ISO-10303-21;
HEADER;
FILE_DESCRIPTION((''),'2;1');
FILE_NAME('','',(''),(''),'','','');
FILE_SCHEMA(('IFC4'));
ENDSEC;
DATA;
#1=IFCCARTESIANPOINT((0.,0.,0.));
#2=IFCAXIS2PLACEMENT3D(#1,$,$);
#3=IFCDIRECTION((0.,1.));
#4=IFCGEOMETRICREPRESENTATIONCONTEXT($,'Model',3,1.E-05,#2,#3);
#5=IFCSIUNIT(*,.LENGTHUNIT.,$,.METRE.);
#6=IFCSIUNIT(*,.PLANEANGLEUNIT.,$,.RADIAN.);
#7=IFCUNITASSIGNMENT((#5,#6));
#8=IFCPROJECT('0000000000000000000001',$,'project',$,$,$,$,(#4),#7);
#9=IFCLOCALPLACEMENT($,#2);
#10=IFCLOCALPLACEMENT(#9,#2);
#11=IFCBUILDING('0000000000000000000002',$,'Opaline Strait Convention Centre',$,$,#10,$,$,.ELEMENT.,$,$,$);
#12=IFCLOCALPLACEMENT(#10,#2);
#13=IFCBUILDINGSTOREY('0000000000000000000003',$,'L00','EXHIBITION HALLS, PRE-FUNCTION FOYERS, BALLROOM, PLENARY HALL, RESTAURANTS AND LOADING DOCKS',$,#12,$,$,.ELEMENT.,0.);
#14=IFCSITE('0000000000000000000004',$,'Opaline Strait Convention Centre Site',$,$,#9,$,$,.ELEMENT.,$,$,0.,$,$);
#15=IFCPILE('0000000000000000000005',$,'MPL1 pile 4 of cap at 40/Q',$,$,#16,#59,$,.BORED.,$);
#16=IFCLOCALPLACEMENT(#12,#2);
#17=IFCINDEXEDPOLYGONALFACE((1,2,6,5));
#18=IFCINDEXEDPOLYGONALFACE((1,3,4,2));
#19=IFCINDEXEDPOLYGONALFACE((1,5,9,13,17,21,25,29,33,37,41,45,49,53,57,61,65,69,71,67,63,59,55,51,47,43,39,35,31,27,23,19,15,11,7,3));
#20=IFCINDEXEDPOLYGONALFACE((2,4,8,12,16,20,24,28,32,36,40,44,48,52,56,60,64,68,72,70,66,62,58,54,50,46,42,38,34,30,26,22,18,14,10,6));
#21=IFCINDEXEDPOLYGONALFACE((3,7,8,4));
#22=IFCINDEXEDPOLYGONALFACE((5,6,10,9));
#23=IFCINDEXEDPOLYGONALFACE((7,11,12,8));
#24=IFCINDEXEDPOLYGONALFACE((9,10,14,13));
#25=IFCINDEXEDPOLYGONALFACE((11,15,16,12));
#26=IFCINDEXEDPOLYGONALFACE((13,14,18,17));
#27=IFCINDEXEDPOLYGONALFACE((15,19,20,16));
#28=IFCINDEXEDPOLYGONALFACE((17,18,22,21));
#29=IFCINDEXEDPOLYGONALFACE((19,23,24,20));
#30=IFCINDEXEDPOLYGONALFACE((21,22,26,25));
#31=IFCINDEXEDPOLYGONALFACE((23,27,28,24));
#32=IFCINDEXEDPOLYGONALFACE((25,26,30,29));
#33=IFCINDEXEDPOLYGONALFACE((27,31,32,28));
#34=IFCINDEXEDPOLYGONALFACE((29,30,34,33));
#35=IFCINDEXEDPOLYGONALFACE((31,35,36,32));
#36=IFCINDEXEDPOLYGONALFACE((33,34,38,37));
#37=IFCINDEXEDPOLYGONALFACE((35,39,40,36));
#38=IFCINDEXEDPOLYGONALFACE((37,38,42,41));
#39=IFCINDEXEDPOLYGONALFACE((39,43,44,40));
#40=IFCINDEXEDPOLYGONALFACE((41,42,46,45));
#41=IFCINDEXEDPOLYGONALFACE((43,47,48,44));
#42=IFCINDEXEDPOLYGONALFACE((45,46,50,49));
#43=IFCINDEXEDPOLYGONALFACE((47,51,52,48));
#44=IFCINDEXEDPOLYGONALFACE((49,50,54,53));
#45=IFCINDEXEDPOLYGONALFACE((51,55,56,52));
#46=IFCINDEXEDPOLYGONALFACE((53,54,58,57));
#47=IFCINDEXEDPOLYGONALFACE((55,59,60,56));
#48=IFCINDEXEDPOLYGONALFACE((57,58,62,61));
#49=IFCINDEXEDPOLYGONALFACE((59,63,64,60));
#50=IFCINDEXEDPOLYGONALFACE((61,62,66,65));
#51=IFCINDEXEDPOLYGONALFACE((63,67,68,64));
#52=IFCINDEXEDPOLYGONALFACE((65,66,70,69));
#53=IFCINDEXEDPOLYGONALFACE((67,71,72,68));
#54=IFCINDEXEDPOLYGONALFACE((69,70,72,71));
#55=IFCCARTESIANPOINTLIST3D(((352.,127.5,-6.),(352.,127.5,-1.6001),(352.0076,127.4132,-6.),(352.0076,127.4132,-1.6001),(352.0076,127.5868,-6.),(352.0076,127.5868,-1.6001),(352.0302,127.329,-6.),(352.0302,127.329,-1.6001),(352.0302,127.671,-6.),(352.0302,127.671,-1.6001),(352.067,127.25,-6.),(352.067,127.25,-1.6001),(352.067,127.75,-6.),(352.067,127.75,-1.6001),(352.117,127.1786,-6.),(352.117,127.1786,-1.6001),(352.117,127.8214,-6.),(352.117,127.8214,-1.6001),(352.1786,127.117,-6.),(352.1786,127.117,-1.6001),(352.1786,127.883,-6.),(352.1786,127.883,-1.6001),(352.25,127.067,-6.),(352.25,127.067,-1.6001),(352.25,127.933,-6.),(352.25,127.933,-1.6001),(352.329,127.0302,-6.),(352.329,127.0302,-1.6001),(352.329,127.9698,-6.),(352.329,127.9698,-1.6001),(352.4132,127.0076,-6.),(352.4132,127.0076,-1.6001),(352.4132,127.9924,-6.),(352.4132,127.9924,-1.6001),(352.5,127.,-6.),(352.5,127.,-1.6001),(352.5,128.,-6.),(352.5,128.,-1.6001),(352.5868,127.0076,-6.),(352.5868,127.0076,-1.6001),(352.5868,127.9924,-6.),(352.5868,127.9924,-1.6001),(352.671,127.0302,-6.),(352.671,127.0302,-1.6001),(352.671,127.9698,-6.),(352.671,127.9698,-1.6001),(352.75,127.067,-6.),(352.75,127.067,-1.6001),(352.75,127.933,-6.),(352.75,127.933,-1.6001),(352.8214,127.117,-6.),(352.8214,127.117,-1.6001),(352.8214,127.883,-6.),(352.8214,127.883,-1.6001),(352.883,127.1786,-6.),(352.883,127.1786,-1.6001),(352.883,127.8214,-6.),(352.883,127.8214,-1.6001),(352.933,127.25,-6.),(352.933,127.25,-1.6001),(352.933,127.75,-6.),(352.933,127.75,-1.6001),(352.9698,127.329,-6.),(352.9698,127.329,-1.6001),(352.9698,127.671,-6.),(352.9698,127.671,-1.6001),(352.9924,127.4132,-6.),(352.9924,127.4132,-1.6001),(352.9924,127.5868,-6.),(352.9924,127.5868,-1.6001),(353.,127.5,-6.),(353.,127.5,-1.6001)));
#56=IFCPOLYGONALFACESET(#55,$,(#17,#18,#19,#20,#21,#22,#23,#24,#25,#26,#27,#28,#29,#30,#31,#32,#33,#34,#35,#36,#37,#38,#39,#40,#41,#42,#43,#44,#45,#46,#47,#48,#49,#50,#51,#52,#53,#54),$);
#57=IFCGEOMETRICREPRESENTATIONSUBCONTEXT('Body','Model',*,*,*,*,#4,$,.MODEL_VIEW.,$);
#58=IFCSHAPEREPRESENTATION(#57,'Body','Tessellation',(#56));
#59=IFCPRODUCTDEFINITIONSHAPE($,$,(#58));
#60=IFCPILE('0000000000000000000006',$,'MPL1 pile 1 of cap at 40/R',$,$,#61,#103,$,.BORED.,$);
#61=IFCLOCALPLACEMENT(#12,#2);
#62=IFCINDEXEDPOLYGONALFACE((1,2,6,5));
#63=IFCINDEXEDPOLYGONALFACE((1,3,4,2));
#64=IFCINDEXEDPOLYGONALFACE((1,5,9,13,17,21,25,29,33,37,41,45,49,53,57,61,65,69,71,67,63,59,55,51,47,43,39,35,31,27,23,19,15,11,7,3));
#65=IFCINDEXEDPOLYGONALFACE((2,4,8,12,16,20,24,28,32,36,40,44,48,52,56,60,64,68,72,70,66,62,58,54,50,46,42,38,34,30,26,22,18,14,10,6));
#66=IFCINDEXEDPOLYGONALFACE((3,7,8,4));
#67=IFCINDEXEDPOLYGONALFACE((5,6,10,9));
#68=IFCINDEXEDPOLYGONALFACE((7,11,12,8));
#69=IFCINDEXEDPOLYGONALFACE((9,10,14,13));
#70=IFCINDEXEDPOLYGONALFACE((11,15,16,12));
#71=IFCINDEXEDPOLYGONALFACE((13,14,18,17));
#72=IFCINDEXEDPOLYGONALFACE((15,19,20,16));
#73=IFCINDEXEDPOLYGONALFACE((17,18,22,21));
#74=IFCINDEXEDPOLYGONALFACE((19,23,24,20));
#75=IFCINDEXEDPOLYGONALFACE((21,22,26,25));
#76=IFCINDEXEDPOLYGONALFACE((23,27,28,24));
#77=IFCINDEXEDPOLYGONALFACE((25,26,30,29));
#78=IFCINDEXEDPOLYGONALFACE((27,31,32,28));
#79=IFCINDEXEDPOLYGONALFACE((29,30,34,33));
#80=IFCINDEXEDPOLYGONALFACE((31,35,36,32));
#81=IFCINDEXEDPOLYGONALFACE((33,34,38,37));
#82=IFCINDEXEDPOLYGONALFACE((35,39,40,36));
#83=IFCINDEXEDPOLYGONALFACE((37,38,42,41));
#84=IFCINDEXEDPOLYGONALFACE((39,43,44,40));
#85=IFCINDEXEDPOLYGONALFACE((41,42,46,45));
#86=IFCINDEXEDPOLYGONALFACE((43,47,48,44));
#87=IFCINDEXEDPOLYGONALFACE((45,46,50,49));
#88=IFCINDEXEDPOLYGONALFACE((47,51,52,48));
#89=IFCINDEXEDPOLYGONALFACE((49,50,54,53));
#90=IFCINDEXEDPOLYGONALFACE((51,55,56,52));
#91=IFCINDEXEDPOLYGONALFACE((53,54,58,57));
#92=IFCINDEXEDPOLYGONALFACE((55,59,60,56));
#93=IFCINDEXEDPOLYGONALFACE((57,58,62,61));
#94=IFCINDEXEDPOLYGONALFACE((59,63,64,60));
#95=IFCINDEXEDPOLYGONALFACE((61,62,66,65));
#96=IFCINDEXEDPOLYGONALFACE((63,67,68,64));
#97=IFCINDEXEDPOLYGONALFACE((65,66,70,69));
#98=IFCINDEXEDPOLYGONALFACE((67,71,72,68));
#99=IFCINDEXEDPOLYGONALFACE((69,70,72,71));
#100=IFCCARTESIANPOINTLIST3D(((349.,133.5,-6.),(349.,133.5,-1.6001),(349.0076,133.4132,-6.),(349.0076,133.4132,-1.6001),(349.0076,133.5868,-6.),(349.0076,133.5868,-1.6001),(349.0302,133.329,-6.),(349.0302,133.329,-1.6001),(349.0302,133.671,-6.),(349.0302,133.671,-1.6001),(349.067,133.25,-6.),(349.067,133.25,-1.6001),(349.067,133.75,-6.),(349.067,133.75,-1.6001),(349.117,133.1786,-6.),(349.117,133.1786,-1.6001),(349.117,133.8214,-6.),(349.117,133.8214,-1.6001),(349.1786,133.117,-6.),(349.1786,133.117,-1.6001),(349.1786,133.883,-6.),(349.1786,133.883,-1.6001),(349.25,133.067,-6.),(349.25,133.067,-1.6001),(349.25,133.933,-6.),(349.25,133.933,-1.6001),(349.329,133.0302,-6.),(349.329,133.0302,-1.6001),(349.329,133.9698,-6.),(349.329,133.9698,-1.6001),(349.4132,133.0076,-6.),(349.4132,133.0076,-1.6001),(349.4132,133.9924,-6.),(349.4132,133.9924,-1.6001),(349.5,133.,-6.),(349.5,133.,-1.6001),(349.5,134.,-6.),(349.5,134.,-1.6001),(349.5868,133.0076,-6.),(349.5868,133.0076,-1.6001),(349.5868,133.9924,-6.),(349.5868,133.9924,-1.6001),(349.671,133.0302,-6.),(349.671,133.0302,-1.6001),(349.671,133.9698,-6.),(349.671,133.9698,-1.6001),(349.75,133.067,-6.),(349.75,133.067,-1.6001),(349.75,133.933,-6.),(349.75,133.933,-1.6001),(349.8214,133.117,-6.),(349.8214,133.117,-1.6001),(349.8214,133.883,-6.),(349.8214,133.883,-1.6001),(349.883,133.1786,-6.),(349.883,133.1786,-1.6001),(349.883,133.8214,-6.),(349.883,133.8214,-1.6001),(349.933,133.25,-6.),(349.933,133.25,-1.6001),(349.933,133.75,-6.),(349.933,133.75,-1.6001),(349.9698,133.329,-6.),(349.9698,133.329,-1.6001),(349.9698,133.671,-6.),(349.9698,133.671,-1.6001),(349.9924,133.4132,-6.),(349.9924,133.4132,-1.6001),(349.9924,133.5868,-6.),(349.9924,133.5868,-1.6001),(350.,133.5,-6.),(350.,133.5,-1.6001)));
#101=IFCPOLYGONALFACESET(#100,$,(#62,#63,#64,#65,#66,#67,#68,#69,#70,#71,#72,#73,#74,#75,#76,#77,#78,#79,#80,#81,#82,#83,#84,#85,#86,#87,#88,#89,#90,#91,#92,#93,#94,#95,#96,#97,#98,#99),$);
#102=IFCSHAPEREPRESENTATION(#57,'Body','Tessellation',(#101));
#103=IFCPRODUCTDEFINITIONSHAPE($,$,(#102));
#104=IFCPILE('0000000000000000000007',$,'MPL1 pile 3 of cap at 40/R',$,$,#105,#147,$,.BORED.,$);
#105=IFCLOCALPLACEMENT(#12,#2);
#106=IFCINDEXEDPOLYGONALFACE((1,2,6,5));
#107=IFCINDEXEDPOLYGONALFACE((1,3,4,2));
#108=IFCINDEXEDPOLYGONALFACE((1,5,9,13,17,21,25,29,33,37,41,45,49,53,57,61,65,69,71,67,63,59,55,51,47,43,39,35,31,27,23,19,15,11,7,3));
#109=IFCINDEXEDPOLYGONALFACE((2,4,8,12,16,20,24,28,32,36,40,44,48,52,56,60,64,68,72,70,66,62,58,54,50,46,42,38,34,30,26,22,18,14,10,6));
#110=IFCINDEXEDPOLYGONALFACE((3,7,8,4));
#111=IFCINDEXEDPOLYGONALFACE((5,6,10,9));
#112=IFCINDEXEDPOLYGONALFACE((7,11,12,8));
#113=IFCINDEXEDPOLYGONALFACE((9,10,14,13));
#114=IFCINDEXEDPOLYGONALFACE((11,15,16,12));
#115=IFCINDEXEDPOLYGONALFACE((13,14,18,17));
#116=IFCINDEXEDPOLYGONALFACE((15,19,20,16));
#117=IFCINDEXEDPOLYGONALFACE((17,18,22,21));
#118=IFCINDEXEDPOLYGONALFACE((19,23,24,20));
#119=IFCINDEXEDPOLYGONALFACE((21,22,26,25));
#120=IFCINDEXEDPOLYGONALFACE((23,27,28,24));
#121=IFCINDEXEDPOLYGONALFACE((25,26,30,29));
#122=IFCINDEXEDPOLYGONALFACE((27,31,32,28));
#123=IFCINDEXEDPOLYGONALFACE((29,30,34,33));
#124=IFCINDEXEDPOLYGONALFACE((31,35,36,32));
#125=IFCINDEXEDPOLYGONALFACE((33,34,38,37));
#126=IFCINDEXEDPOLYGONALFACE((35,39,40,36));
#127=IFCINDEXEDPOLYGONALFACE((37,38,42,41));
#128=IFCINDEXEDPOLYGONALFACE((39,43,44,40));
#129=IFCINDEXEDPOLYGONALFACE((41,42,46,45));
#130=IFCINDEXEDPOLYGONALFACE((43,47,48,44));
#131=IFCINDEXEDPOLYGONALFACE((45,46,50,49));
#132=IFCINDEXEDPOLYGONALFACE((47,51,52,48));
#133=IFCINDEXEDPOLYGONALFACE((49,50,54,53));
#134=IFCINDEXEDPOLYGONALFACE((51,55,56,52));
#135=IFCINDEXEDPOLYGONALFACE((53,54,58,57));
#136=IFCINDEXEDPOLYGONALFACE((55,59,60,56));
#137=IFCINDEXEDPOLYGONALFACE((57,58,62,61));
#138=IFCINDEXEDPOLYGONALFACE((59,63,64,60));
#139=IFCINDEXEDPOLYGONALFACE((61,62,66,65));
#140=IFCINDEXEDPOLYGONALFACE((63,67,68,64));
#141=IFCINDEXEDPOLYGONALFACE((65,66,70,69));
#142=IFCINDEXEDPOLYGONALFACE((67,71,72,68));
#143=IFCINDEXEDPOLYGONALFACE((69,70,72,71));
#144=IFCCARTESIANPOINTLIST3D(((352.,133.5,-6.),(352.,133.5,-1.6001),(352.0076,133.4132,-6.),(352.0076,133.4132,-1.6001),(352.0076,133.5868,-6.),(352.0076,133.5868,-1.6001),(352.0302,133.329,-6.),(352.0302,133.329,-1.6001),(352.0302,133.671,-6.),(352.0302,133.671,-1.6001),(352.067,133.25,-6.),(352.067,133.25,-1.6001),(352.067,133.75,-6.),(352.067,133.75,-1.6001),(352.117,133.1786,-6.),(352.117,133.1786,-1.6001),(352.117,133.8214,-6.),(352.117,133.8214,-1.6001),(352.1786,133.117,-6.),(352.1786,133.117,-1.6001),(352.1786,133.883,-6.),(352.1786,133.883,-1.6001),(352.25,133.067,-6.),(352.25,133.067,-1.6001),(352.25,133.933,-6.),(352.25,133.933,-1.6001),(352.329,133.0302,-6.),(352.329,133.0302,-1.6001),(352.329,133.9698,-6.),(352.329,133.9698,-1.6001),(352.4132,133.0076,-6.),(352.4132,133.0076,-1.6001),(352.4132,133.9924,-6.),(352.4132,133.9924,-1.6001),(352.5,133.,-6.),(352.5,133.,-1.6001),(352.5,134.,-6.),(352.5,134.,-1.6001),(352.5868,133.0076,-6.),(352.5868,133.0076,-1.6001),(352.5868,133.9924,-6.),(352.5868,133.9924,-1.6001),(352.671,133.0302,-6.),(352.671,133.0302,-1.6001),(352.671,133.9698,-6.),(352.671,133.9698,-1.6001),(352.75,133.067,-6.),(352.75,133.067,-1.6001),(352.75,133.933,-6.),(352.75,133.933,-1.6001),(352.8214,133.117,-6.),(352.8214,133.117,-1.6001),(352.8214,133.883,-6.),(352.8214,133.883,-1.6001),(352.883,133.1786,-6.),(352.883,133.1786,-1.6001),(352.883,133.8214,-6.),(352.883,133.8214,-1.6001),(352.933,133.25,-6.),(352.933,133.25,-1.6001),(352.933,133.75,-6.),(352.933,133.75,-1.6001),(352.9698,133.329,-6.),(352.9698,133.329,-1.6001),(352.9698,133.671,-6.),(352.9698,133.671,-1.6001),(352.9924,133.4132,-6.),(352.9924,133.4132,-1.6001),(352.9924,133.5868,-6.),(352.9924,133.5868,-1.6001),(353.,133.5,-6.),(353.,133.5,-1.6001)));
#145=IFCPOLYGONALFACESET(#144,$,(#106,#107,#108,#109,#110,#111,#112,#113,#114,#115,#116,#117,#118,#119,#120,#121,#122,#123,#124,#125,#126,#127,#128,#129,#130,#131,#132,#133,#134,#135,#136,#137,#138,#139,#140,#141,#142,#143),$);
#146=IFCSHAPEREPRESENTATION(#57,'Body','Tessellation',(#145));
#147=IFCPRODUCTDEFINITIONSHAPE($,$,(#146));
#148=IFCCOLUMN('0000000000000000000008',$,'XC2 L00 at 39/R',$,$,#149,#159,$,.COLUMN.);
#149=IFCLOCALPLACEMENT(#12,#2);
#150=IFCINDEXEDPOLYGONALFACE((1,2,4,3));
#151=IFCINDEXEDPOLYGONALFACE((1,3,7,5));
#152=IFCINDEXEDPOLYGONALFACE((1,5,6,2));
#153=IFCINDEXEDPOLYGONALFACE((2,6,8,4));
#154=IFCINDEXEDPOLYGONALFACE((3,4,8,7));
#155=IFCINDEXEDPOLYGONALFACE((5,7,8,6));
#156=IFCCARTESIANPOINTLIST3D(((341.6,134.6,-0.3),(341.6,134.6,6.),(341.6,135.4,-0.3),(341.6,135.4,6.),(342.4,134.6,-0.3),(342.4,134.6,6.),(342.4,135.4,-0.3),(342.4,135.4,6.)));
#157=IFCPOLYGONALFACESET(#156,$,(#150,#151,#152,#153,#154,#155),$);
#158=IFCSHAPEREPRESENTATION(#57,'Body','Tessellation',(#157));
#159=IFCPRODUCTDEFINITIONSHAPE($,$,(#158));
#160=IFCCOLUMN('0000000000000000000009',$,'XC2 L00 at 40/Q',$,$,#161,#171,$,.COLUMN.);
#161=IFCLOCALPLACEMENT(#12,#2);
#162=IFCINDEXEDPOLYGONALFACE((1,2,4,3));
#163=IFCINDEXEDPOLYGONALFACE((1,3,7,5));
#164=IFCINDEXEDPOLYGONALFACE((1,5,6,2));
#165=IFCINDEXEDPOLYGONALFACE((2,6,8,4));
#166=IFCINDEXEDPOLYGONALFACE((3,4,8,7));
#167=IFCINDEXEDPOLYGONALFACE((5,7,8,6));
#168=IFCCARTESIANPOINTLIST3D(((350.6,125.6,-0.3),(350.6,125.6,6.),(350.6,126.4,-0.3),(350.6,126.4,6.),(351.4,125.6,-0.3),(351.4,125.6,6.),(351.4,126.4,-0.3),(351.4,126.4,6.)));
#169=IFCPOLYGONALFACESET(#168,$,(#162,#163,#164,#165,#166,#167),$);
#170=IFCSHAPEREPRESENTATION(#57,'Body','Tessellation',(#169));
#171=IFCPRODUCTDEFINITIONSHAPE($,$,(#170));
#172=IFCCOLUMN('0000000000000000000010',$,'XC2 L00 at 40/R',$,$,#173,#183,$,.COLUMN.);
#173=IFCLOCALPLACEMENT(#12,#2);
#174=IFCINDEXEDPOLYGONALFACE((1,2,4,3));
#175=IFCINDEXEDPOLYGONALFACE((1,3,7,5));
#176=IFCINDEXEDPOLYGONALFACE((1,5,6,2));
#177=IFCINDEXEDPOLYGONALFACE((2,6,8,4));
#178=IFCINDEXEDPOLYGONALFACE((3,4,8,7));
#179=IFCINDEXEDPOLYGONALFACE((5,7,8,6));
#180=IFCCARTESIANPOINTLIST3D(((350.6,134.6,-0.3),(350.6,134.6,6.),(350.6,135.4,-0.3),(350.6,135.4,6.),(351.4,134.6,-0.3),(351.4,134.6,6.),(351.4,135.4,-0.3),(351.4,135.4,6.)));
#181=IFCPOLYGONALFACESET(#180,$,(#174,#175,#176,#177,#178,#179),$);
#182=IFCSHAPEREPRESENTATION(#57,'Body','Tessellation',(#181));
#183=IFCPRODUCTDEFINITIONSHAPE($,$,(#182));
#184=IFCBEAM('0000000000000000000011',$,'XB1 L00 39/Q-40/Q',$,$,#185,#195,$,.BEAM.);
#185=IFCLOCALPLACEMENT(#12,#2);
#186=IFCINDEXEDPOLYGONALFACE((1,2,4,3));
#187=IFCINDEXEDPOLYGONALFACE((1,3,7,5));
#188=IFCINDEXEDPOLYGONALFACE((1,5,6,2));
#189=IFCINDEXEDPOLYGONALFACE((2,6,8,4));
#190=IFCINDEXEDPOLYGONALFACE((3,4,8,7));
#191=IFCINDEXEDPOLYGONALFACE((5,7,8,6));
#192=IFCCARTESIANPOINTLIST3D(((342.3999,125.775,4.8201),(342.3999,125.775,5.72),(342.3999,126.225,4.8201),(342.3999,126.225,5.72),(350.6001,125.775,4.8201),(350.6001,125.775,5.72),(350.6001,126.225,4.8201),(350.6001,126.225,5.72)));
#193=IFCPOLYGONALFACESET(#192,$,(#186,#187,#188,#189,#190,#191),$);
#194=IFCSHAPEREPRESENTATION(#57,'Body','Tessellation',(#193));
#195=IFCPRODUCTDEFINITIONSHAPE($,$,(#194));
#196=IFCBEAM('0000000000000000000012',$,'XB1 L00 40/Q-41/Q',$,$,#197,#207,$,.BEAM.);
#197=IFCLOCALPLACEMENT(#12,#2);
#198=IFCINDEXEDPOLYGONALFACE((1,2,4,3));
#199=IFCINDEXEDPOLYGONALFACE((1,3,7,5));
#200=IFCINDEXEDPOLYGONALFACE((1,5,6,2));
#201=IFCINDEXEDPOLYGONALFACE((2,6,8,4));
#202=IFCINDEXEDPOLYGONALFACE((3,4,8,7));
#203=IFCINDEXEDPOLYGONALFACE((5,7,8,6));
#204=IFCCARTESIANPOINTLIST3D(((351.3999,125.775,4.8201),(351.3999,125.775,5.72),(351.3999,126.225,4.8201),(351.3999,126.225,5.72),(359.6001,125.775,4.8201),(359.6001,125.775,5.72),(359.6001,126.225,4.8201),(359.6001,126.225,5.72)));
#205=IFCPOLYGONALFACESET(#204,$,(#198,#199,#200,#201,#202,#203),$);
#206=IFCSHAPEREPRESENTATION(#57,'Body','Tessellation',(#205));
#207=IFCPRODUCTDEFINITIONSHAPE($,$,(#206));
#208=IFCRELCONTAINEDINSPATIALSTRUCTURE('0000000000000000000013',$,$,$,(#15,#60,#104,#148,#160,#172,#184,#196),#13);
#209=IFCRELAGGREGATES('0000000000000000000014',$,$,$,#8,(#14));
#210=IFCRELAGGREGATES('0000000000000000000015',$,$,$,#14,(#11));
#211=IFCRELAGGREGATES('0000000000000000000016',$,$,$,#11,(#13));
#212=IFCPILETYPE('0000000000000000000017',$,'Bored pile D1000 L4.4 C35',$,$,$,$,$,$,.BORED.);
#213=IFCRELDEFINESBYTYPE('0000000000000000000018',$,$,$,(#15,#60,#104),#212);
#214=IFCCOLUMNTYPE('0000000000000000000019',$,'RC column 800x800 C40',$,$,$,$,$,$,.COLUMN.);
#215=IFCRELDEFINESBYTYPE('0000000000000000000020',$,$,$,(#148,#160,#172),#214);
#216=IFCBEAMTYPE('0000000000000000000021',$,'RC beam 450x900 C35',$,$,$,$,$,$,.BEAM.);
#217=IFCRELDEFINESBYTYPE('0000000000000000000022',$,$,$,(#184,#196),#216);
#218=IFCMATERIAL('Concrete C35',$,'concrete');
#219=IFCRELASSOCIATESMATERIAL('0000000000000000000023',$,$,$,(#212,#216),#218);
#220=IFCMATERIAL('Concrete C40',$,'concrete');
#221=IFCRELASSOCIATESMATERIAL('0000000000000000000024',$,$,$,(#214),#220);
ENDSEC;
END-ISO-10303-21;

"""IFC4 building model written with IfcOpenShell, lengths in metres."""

from ifc_helpers import new_model, si_unit, direction, frame, origin, origin_2d, place, context, subcontext, project, spatial, rectangle, circle, extrude, material, material_profile, profile_set, type_object, element, save


model = new_model("IFC4")

# Units and contexts
model_context = context("Model", 3, precision=1e-05, world=origin(), true_north=direction((0.0, 1.0)))
body_context = subcontext(model_context, "Body", "Model", "MODEL_VIEW")
ifc_project = project(units=[si_unit("LENGTHUNIT", "METRE"), si_unit("PLANEANGLEUNIT", "RADIAN")], contexts=[model_context])

# Site, building, storey
site_placement = place(None, origin())
site = spatial("IfcSite", under=ifc_project, at=site_placement, Name="Opaline Strait Convention Centre Site", CompositionType="ELEMENT", RefElevation=0.0)
building_placement = place(site_placement, origin())
building = spatial("IfcBuilding", under=site, at=building_placement, Name="Opaline Strait Convention Centre", CompositionType="ELEMENT")
storey_placement = place(building_placement, origin())
storey = spatial("IfcBuildingStorey", under=building, at=storey_placement, Name="L00", Description="EXHIBITION HALLS, PRE-FUNCTION FOYERS, BALLROOM, PLENARY HALL, RESTAURANTS AND LOADING DOCKS", CompositionType="ELEMENT", Elevation=0.0)

# Piles
ifc_material_1 = material(Name="Concrete C35", Category="concrete")
ifc_material_profile_1 = material_profile(ifc_material_1, circle(Radius=0.5, at=origin_2d()), Name="D1000")
ifc_profile_set_1 = profile_set([ifc_material_profile_1], Name="Concrete C35")
pile_type = type_object("IfcPileType", Name="Bored pile D1000 L4.4 C35", PredefinedType="BORED", material=ifc_profile_set_1)
for number, where, z_axis, x_axis, name in (
    (1, (352.5, 127.5, -1.6001), (0.0, 0.0, -1.0), (1.0, 0.0, 0.0), "MPL1 pile 4 of cap at 40/Q"),
    (2, (349.5, 133.5, -1.6001), (0.0, 0.0, -1.0), (1.0, 0.0, 0.0), "MPL1 pile 1 of cap at 40/R"),
    (3, (352.5, 133.5, -1.6001), (0.0, 0.0, -1.0), (1.0, 0.0, 0.0), "MPL1 pile 3 of cap at 40/R"),
):
    element("IfcPile", number, at=place(storey_placement, frame(where, z_axis=z_axis, x_axis=x_axis)), inside=storey, type_object=pile_type, Name=name, PredefinedType="BORED", context=body_context, shape_type="SweptSolid", body=[
        extrude(circle(Radius=0.5, at=origin_2d()), origin(), (0.0, 0.0, 1.0), 4.3999),
    ])

# Columns
ifc_material_2 = material(Name="Concrete C40", Category="concrete")
ifc_material_profile_2 = material_profile(ifc_material_2, rectangle(XDim=0.8, YDim=0.8, at=origin_2d()), Name="RC 800x800")
ifc_profile_set_2 = profile_set([ifc_material_profile_2], Name="Concrete C40")
column_type = type_object("IfcColumnType", Name="RC column 800x800 C40", PredefinedType="COLUMN", material=ifc_profile_set_2)
for number, where, z_axis, x_axis, name in (
    (4, (342.0, 135.0, -0.3), (0.0, 0.0, 1.0), (1.0, 0.0, 0.0), "XC2 L00 at 39/R"),
    (5, (351.0, 126.0, -0.3), (0.0, 0.0, 1.0), (1.0, 0.0, 0.0), "XC2 L00 at 40/Q"),
    (6, (351.0, 135.0, -0.3), (0.0, 0.0, 1.0), (1.0, 0.0, 0.0), "XC2 L00 at 40/R"),
):
    element("IfcColumn", number, at=place(storey_placement, frame(where, z_axis=z_axis, x_axis=x_axis)), inside=storey, type_object=column_type, Name=name, PredefinedType="COLUMN", context=body_context, shape_type="SweptSolid", body=[
        extrude(rectangle(XDim=0.8, YDim=0.8, at=origin_2d()), origin(), (0.0, 0.0, 1.0), 6.3),
    ])

# Beams
ifc_material_profile_3 = material_profile(ifc_material_1, rectangle(XDim=0.45, YDim=0.8999, at=origin_2d()), Name="RC 450x900")
ifc_profile_set_3 = profile_set([ifc_material_profile_3], Name="Concrete C35")
beam_type = type_object("IfcBeamType", Name="RC beam 450x900 C35", PredefinedType="BEAM", material=ifc_profile_set_3)
for number, where, z_axis, x_axis, name in (
    (7, (342.3999, 126.0, 5.27), (1.0, 0.0, 0.0), (0.0, 1.0, 0.0), "XB1 L00 39/Q-40/Q"),
    (8, (351.3999, 126.0, 5.27), (1.0, 0.0, 0.0), (0.0, 1.0, 0.0), "XB1 L00 40/Q-41/Q"),
):
    element("IfcBeam", number, at=place(storey_placement, frame(where, z_axis=z_axis, x_axis=x_axis)), inside=storey, type_object=beam_type, Name=name, PredefinedType="BEAM", context=body_context, shape_type="SweptSolid", body=[
        extrude(rectangle(XDim=0.45, YDim=0.8999, at=origin_2d()), origin(), (0.0, 0.0, 1.0), 8.2002),
    ])

save(model, "model.ifc")
